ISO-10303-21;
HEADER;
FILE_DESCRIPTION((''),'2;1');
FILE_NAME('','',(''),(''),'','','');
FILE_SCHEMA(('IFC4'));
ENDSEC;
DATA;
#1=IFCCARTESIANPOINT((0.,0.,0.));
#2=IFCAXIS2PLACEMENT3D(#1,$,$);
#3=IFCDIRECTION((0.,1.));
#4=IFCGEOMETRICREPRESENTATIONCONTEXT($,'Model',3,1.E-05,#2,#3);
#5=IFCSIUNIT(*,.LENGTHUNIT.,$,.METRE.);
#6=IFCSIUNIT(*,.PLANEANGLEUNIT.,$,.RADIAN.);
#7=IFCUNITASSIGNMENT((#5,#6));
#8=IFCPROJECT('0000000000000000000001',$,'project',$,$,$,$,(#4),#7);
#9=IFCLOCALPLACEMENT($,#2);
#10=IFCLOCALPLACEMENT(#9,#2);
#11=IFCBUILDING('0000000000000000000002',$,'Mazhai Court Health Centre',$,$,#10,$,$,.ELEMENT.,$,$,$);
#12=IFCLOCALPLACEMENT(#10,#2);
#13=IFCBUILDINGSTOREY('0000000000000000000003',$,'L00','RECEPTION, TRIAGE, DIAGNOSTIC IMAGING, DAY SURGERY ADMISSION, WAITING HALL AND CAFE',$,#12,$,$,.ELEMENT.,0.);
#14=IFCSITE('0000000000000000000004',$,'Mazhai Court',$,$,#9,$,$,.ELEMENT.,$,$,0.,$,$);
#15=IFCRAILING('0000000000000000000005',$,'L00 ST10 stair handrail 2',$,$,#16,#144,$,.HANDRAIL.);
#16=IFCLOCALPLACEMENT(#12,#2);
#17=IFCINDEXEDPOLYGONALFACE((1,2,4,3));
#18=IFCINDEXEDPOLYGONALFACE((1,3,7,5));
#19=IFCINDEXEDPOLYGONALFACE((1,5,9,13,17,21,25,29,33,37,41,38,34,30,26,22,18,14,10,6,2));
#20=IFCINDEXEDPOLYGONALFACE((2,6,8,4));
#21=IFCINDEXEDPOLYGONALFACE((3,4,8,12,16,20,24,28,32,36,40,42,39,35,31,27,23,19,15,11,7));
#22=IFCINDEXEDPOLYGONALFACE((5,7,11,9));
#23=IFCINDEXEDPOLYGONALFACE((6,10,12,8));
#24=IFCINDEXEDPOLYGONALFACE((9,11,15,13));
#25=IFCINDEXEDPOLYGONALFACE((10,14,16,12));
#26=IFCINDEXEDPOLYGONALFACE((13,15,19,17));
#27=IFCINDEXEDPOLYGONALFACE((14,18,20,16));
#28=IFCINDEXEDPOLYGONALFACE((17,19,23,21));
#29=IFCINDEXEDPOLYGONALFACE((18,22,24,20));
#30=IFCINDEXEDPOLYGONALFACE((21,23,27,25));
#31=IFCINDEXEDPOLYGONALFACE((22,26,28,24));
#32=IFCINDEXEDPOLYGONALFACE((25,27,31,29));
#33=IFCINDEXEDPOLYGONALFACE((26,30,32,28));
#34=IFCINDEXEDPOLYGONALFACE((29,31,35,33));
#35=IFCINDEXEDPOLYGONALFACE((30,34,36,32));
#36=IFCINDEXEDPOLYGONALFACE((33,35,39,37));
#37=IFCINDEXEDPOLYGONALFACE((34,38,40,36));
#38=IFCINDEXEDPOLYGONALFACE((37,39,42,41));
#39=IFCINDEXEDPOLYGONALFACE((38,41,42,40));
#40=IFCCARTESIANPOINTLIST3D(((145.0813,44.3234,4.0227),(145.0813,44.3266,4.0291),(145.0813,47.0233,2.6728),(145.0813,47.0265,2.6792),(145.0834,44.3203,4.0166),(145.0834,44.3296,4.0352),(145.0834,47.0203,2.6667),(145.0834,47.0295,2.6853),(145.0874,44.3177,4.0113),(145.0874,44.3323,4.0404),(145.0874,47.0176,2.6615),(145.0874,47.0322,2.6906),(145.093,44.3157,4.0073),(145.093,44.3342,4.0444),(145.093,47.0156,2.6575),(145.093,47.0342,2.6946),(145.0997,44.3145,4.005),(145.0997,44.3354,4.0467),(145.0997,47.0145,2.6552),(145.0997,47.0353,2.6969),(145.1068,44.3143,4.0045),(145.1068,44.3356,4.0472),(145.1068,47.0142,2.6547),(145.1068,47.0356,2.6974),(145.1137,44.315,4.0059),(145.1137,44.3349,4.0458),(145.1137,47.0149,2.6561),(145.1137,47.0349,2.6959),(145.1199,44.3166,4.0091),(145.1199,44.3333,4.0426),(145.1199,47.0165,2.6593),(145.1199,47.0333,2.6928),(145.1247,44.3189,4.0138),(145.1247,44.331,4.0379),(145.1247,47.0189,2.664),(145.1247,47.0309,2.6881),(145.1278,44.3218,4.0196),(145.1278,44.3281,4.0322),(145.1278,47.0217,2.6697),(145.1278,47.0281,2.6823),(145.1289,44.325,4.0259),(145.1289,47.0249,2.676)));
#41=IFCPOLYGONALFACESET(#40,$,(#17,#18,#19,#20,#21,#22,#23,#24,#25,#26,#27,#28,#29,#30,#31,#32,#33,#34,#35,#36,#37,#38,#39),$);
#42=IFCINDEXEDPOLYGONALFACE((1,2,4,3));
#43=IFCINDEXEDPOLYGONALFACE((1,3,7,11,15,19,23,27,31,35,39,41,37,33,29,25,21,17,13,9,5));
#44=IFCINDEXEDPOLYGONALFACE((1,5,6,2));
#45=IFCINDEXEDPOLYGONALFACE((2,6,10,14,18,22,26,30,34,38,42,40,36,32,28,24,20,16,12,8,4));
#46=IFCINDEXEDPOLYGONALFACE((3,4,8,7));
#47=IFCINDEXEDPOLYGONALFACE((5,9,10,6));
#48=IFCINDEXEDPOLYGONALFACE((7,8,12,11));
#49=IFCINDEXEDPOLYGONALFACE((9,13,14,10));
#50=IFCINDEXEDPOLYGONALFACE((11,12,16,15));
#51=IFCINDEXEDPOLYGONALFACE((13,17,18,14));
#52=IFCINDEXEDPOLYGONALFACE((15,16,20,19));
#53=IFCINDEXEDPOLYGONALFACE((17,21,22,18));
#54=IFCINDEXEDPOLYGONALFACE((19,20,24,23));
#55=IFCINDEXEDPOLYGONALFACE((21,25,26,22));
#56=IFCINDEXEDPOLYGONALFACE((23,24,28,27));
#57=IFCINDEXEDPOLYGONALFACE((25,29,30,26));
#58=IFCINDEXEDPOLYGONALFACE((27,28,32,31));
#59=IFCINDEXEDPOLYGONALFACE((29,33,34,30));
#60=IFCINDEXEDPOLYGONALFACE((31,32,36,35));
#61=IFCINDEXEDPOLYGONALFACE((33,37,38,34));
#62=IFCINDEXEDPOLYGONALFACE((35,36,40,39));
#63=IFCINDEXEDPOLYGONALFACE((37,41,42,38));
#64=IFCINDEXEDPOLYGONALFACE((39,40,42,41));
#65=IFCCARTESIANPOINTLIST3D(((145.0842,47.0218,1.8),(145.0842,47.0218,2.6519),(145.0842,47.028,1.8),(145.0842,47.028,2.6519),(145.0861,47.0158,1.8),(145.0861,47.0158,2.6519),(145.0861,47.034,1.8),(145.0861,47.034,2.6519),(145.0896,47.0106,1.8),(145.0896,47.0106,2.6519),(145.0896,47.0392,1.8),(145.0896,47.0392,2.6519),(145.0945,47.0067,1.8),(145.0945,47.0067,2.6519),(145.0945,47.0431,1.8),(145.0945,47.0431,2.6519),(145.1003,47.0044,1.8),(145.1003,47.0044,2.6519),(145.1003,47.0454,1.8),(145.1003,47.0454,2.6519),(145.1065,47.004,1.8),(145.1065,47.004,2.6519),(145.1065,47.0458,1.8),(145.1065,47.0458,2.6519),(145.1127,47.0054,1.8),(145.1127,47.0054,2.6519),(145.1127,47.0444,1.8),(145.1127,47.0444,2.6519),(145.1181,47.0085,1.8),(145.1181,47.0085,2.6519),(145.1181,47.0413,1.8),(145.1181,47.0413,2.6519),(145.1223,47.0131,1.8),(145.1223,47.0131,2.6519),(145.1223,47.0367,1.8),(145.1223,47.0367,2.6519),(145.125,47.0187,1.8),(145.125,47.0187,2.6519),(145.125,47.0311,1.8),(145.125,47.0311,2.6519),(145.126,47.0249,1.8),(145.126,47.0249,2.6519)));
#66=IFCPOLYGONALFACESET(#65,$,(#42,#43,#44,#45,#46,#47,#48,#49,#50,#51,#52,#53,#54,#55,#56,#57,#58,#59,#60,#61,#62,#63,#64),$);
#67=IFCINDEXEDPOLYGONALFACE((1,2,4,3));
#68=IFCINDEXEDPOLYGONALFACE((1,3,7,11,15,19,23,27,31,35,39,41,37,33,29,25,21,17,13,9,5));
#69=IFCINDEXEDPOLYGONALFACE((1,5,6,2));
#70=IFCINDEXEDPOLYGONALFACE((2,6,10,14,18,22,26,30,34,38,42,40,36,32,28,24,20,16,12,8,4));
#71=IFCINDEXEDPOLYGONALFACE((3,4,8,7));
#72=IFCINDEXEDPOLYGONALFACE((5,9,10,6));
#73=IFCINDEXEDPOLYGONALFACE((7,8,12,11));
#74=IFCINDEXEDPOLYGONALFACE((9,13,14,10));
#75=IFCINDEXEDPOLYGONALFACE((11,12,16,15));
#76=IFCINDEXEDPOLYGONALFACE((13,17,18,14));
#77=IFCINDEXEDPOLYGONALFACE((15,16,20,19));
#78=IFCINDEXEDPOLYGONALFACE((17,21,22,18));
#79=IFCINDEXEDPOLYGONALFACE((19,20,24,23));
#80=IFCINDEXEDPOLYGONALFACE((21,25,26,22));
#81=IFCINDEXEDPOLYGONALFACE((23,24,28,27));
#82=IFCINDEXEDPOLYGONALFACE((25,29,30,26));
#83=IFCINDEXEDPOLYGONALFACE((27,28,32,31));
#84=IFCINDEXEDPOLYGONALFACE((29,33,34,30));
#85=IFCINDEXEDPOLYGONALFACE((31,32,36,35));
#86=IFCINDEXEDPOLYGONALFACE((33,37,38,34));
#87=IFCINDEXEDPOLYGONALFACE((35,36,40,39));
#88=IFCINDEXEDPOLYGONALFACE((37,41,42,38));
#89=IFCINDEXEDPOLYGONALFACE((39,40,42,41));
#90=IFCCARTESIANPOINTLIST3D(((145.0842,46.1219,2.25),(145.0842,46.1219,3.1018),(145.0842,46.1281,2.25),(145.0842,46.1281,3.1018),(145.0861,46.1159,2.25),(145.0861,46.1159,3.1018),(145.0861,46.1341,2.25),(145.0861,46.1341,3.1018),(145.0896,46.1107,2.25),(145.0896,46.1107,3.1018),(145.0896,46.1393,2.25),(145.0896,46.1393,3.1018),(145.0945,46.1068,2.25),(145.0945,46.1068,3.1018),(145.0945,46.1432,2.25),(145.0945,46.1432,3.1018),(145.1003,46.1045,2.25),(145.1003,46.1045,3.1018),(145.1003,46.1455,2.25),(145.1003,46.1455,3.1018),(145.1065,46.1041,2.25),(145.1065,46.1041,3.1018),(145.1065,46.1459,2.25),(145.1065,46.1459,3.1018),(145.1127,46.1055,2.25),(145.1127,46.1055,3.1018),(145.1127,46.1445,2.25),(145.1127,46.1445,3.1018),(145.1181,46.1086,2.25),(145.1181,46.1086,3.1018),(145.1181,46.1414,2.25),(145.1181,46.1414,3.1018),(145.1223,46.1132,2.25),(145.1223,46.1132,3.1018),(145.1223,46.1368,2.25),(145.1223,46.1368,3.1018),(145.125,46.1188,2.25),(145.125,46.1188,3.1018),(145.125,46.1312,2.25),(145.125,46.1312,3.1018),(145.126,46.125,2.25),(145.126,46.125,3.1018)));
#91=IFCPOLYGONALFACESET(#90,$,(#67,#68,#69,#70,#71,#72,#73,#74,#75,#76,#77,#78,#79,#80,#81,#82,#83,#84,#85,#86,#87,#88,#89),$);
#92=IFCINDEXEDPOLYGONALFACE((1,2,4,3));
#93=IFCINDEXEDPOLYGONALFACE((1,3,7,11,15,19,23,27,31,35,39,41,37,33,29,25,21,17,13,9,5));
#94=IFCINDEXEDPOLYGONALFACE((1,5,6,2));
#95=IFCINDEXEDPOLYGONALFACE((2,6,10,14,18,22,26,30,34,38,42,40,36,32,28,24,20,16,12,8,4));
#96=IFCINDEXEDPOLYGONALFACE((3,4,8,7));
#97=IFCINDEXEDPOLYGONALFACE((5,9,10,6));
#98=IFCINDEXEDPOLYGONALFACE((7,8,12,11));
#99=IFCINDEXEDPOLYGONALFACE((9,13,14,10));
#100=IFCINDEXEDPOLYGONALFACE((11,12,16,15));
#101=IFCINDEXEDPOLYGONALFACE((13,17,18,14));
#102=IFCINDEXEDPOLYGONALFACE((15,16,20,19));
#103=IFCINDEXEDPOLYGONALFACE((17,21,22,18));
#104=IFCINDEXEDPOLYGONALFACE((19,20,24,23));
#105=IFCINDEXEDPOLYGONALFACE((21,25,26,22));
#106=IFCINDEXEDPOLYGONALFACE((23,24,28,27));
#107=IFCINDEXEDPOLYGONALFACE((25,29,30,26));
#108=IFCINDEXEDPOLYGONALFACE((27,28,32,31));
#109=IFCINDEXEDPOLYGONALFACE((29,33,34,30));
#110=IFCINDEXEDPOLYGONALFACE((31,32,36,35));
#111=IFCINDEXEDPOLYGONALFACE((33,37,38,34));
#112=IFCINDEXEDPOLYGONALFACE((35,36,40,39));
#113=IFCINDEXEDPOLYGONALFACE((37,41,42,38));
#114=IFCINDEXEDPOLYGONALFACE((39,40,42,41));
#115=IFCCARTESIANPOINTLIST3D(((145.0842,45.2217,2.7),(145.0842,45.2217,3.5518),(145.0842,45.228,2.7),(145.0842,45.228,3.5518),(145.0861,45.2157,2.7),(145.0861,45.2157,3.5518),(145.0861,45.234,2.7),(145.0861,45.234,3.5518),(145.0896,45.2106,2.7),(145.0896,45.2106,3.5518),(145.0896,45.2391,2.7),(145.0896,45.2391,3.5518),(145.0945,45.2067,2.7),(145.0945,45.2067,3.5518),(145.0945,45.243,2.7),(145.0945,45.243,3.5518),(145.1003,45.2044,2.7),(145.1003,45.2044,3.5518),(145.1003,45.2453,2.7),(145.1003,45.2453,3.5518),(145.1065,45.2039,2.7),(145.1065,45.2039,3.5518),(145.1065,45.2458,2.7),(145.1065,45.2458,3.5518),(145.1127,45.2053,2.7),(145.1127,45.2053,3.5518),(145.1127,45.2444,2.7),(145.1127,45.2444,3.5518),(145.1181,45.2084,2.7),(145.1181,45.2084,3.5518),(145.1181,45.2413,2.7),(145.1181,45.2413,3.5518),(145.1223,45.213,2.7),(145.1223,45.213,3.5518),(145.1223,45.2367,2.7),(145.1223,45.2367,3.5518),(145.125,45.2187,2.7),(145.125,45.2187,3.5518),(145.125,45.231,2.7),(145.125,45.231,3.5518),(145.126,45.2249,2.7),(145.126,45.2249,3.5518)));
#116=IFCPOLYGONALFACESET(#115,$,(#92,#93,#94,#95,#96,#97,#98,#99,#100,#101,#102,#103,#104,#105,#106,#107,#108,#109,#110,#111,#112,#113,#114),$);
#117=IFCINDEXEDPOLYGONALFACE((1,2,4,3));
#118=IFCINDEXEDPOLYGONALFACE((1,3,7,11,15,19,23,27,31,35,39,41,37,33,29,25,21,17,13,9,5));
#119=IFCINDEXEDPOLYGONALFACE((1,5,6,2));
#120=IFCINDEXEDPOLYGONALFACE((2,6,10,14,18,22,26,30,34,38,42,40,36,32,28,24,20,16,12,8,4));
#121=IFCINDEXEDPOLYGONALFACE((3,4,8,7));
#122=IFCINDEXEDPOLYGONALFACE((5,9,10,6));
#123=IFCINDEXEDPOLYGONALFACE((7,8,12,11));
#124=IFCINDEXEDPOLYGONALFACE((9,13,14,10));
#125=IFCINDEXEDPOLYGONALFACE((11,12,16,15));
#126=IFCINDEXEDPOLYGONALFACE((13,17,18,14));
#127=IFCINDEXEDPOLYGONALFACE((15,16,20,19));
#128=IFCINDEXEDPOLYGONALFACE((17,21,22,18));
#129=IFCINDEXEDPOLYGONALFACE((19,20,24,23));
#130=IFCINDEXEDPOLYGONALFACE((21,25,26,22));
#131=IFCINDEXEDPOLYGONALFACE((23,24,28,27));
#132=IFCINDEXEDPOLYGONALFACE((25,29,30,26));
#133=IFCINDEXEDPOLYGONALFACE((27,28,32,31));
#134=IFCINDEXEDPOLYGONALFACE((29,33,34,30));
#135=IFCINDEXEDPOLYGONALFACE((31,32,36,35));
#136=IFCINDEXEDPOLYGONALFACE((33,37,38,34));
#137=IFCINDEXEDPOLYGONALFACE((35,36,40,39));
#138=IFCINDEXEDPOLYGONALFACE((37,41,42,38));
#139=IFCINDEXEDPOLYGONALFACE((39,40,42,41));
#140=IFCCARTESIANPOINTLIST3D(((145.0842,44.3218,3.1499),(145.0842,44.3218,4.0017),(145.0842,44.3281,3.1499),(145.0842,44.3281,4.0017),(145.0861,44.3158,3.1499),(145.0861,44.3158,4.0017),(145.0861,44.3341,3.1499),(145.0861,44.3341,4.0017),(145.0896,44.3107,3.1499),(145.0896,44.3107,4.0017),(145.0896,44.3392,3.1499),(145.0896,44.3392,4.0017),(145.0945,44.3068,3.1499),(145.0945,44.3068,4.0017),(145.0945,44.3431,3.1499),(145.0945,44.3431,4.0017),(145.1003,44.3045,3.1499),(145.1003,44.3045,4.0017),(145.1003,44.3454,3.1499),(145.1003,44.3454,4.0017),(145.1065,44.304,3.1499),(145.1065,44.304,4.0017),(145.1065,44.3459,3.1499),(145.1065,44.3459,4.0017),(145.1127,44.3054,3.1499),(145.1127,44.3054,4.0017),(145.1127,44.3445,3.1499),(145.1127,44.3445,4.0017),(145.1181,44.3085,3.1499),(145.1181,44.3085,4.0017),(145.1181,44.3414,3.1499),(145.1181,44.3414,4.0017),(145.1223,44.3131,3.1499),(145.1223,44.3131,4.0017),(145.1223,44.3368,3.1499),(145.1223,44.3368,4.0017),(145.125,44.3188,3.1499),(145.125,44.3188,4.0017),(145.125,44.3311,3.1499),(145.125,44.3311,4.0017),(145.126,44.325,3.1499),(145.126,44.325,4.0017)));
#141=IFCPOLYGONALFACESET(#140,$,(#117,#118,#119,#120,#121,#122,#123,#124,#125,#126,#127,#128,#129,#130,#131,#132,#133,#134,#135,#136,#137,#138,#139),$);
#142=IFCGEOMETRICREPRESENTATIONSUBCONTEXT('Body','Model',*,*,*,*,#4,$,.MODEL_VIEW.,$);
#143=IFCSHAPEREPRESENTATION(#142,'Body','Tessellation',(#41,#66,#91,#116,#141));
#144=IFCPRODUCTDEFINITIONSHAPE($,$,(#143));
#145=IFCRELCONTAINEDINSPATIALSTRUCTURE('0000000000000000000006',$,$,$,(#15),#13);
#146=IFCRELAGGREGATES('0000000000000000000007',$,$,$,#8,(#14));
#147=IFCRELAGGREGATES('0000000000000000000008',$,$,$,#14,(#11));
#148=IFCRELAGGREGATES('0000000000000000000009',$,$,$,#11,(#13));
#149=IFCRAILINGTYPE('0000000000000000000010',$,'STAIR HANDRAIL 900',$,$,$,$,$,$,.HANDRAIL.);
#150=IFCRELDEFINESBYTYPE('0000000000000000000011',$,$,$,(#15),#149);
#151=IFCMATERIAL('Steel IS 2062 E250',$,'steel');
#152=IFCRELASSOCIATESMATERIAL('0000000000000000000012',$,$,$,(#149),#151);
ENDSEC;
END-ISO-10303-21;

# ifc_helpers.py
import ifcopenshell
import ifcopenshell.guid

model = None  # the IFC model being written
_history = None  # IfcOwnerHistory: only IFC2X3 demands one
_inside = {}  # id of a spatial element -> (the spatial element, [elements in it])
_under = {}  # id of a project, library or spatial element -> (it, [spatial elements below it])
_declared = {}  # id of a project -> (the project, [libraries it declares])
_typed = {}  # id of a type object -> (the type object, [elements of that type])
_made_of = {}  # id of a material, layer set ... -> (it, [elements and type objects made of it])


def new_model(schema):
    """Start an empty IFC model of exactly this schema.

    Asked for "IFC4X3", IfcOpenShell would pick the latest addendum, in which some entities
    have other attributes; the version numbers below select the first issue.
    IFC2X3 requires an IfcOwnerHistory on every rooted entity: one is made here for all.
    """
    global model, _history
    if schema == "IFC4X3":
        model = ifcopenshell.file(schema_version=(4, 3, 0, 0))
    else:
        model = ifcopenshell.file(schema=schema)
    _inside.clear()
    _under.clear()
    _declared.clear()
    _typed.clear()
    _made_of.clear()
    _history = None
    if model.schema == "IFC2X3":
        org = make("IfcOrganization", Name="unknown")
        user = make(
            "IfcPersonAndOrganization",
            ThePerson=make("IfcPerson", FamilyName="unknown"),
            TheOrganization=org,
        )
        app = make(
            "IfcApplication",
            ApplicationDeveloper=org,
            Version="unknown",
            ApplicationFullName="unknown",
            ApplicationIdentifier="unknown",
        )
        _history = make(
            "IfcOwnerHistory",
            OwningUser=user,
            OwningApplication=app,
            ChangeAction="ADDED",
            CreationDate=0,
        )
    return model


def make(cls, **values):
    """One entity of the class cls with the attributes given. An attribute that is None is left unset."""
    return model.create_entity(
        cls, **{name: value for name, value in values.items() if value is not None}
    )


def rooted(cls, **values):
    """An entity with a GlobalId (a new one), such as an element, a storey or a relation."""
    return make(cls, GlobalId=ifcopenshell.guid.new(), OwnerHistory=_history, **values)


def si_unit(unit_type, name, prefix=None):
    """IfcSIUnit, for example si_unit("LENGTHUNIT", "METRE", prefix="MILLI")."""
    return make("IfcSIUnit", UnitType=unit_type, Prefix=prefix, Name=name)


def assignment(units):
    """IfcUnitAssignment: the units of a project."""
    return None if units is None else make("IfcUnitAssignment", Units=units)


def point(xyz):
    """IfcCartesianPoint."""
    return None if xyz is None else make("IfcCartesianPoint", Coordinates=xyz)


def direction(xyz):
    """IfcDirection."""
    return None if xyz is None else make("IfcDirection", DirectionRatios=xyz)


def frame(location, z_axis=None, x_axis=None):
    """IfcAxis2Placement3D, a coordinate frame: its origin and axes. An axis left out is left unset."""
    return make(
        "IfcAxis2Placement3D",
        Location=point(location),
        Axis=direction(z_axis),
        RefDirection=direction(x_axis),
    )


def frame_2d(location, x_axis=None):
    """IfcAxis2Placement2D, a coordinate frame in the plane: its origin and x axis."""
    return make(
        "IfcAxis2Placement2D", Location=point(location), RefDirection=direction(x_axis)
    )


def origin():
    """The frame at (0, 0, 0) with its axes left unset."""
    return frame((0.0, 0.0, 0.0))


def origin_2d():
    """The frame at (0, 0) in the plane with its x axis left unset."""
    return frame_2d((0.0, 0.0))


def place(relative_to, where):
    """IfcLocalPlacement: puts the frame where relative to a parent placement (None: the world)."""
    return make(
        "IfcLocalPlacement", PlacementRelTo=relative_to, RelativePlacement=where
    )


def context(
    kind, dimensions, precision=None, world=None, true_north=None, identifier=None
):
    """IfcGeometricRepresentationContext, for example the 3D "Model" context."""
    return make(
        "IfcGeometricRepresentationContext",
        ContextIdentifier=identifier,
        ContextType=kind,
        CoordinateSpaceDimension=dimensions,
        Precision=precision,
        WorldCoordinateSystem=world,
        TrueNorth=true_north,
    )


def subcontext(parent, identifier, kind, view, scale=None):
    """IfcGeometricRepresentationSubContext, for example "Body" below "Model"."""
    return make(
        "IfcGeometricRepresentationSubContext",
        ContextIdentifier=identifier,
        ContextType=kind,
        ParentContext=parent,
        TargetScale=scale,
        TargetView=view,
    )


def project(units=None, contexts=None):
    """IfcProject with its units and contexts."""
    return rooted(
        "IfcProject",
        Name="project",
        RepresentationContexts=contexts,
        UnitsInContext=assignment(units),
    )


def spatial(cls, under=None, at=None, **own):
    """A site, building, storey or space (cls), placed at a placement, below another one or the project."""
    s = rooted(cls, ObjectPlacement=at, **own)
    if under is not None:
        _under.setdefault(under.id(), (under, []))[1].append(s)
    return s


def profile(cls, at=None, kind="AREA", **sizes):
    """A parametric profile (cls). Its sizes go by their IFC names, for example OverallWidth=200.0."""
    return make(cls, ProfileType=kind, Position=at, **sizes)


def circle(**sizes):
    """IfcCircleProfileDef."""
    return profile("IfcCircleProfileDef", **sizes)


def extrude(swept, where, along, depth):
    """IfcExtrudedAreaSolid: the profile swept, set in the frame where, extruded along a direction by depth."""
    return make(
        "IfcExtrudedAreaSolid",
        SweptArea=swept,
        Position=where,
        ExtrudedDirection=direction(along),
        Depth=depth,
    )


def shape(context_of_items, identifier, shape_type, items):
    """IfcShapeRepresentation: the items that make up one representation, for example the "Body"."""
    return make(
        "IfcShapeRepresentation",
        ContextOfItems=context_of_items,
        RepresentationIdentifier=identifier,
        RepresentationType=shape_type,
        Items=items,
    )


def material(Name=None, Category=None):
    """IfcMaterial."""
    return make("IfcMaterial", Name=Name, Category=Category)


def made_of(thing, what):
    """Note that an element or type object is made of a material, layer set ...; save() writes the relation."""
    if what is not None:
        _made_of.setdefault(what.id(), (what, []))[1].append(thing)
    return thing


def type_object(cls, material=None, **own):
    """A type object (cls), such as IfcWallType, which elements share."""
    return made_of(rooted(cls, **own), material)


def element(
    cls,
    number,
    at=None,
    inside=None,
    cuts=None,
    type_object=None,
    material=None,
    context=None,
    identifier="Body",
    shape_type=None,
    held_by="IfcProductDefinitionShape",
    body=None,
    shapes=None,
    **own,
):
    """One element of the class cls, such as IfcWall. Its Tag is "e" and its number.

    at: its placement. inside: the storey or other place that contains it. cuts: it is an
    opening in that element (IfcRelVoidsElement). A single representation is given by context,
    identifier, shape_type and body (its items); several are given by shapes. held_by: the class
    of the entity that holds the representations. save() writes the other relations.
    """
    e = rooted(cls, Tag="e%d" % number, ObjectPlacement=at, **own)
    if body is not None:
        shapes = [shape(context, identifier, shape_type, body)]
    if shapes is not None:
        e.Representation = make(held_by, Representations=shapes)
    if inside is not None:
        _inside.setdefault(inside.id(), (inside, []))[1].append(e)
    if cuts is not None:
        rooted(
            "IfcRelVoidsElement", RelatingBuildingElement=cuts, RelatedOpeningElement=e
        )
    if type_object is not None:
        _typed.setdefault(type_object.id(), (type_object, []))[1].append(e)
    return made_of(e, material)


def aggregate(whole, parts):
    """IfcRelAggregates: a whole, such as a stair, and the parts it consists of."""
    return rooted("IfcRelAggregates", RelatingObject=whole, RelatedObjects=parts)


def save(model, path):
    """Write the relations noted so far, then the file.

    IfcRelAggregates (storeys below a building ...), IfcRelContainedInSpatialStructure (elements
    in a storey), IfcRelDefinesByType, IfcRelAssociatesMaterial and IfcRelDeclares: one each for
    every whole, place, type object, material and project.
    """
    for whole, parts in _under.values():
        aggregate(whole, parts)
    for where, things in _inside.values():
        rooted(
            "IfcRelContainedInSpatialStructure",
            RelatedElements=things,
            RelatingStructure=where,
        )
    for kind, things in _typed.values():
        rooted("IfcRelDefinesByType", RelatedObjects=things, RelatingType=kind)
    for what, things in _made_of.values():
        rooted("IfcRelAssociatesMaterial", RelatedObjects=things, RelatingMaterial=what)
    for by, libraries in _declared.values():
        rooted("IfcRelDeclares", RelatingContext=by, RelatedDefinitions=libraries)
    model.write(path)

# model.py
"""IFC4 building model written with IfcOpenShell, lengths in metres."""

from ifc_helpers import new_model, si_unit, direction, frame, origin, origin_2d, place, context, subcontext, project, spatial, circle, extrude, material, type_object, element, save


model = new_model("IFC4")

# Units and contexts
model_context = context("Model", 3, precision=1e-05, world=origin(), true_north=direction((0.0, 1.0)))
body_context = subcontext(model_context, "Body", "Model", "MODEL_VIEW")
ifc_project = project(units=[si_unit("LENGTHUNIT", "METRE"), si_unit("PLANEANGLEUNIT", "RADIAN")], contexts=[model_context])

# Site, building, storey
site_placement = place(None, origin())
site = spatial("IfcSite", under=ifc_project, at=site_placement, Name="Mazhai Court", CompositionType="ELEMENT", RefElevation=0.0)
building_placement = place(site_placement, origin())
building = spatial("IfcBuilding", under=site, at=building_placement, Name="Mazhai Court Health Centre", CompositionType="ELEMENT")
storey_placement = place(building_placement, origin())
storey = spatial("IfcBuildingStorey", under=building, at=storey_placement, Name="L00", Description="RECEPTION, TRIAGE, DIAGNOSTIC IMAGING, DAY SURGERY ADMISSION, WAITING HALL AND CAFE", CompositionType="ELEMENT", Elevation=0.0)

# Railing
ifc_material_1 = material(Name="Steel IS 2062 E250", Category="steel")
railing_type_1 = type_object("IfcRailingType", Name="STAIR HANDRAIL 900", PredefinedType="HANDRAIL", material=ifc_material_1)
railing_1_placement = place(storey_placement, frame((145.105, 47.0249, 1.8)))
element("IfcRailing", 1, at=railing_1_placement, inside=storey, type_object=railing_type_1, Name="L00 ST10 stair handrail 2", PredefinedType="HANDRAIL", context=body_context, shape_type="SweptSolid", body=[
    extrude(circle(Radius=0.0239, at=origin_2d()), frame((0.0, 0.0, 0.876), z_axis=(0.0, -0.894443, 0.447181), x_axis=(1.0, 0.0, 0.0)), (0.0, 0.0, 1.0), 3.0186),
    extrude(circle(Radius=0.021, at=origin_2d()), origin(), (0.0, 0.0, 1.0), 0.8518),
    extrude(circle(Radius=0.021, at=origin_2d()), frame((0.0, -0.8999, 0.45)), (0.0, 0.0, 1.0), 0.8518),
    extrude(circle(Radius=0.021, at=origin_2d()), frame((0.0, -1.8, 0.8999)), (0.0, 0.0, 1.0), 0.8518),
    extrude(circle(Radius=0.021, at=origin_2d()), frame((0.0, -2.7, 1.3499)), (0.0, 0.0, 1.0), 0.8518),
])

save(model, "model.ifc")
